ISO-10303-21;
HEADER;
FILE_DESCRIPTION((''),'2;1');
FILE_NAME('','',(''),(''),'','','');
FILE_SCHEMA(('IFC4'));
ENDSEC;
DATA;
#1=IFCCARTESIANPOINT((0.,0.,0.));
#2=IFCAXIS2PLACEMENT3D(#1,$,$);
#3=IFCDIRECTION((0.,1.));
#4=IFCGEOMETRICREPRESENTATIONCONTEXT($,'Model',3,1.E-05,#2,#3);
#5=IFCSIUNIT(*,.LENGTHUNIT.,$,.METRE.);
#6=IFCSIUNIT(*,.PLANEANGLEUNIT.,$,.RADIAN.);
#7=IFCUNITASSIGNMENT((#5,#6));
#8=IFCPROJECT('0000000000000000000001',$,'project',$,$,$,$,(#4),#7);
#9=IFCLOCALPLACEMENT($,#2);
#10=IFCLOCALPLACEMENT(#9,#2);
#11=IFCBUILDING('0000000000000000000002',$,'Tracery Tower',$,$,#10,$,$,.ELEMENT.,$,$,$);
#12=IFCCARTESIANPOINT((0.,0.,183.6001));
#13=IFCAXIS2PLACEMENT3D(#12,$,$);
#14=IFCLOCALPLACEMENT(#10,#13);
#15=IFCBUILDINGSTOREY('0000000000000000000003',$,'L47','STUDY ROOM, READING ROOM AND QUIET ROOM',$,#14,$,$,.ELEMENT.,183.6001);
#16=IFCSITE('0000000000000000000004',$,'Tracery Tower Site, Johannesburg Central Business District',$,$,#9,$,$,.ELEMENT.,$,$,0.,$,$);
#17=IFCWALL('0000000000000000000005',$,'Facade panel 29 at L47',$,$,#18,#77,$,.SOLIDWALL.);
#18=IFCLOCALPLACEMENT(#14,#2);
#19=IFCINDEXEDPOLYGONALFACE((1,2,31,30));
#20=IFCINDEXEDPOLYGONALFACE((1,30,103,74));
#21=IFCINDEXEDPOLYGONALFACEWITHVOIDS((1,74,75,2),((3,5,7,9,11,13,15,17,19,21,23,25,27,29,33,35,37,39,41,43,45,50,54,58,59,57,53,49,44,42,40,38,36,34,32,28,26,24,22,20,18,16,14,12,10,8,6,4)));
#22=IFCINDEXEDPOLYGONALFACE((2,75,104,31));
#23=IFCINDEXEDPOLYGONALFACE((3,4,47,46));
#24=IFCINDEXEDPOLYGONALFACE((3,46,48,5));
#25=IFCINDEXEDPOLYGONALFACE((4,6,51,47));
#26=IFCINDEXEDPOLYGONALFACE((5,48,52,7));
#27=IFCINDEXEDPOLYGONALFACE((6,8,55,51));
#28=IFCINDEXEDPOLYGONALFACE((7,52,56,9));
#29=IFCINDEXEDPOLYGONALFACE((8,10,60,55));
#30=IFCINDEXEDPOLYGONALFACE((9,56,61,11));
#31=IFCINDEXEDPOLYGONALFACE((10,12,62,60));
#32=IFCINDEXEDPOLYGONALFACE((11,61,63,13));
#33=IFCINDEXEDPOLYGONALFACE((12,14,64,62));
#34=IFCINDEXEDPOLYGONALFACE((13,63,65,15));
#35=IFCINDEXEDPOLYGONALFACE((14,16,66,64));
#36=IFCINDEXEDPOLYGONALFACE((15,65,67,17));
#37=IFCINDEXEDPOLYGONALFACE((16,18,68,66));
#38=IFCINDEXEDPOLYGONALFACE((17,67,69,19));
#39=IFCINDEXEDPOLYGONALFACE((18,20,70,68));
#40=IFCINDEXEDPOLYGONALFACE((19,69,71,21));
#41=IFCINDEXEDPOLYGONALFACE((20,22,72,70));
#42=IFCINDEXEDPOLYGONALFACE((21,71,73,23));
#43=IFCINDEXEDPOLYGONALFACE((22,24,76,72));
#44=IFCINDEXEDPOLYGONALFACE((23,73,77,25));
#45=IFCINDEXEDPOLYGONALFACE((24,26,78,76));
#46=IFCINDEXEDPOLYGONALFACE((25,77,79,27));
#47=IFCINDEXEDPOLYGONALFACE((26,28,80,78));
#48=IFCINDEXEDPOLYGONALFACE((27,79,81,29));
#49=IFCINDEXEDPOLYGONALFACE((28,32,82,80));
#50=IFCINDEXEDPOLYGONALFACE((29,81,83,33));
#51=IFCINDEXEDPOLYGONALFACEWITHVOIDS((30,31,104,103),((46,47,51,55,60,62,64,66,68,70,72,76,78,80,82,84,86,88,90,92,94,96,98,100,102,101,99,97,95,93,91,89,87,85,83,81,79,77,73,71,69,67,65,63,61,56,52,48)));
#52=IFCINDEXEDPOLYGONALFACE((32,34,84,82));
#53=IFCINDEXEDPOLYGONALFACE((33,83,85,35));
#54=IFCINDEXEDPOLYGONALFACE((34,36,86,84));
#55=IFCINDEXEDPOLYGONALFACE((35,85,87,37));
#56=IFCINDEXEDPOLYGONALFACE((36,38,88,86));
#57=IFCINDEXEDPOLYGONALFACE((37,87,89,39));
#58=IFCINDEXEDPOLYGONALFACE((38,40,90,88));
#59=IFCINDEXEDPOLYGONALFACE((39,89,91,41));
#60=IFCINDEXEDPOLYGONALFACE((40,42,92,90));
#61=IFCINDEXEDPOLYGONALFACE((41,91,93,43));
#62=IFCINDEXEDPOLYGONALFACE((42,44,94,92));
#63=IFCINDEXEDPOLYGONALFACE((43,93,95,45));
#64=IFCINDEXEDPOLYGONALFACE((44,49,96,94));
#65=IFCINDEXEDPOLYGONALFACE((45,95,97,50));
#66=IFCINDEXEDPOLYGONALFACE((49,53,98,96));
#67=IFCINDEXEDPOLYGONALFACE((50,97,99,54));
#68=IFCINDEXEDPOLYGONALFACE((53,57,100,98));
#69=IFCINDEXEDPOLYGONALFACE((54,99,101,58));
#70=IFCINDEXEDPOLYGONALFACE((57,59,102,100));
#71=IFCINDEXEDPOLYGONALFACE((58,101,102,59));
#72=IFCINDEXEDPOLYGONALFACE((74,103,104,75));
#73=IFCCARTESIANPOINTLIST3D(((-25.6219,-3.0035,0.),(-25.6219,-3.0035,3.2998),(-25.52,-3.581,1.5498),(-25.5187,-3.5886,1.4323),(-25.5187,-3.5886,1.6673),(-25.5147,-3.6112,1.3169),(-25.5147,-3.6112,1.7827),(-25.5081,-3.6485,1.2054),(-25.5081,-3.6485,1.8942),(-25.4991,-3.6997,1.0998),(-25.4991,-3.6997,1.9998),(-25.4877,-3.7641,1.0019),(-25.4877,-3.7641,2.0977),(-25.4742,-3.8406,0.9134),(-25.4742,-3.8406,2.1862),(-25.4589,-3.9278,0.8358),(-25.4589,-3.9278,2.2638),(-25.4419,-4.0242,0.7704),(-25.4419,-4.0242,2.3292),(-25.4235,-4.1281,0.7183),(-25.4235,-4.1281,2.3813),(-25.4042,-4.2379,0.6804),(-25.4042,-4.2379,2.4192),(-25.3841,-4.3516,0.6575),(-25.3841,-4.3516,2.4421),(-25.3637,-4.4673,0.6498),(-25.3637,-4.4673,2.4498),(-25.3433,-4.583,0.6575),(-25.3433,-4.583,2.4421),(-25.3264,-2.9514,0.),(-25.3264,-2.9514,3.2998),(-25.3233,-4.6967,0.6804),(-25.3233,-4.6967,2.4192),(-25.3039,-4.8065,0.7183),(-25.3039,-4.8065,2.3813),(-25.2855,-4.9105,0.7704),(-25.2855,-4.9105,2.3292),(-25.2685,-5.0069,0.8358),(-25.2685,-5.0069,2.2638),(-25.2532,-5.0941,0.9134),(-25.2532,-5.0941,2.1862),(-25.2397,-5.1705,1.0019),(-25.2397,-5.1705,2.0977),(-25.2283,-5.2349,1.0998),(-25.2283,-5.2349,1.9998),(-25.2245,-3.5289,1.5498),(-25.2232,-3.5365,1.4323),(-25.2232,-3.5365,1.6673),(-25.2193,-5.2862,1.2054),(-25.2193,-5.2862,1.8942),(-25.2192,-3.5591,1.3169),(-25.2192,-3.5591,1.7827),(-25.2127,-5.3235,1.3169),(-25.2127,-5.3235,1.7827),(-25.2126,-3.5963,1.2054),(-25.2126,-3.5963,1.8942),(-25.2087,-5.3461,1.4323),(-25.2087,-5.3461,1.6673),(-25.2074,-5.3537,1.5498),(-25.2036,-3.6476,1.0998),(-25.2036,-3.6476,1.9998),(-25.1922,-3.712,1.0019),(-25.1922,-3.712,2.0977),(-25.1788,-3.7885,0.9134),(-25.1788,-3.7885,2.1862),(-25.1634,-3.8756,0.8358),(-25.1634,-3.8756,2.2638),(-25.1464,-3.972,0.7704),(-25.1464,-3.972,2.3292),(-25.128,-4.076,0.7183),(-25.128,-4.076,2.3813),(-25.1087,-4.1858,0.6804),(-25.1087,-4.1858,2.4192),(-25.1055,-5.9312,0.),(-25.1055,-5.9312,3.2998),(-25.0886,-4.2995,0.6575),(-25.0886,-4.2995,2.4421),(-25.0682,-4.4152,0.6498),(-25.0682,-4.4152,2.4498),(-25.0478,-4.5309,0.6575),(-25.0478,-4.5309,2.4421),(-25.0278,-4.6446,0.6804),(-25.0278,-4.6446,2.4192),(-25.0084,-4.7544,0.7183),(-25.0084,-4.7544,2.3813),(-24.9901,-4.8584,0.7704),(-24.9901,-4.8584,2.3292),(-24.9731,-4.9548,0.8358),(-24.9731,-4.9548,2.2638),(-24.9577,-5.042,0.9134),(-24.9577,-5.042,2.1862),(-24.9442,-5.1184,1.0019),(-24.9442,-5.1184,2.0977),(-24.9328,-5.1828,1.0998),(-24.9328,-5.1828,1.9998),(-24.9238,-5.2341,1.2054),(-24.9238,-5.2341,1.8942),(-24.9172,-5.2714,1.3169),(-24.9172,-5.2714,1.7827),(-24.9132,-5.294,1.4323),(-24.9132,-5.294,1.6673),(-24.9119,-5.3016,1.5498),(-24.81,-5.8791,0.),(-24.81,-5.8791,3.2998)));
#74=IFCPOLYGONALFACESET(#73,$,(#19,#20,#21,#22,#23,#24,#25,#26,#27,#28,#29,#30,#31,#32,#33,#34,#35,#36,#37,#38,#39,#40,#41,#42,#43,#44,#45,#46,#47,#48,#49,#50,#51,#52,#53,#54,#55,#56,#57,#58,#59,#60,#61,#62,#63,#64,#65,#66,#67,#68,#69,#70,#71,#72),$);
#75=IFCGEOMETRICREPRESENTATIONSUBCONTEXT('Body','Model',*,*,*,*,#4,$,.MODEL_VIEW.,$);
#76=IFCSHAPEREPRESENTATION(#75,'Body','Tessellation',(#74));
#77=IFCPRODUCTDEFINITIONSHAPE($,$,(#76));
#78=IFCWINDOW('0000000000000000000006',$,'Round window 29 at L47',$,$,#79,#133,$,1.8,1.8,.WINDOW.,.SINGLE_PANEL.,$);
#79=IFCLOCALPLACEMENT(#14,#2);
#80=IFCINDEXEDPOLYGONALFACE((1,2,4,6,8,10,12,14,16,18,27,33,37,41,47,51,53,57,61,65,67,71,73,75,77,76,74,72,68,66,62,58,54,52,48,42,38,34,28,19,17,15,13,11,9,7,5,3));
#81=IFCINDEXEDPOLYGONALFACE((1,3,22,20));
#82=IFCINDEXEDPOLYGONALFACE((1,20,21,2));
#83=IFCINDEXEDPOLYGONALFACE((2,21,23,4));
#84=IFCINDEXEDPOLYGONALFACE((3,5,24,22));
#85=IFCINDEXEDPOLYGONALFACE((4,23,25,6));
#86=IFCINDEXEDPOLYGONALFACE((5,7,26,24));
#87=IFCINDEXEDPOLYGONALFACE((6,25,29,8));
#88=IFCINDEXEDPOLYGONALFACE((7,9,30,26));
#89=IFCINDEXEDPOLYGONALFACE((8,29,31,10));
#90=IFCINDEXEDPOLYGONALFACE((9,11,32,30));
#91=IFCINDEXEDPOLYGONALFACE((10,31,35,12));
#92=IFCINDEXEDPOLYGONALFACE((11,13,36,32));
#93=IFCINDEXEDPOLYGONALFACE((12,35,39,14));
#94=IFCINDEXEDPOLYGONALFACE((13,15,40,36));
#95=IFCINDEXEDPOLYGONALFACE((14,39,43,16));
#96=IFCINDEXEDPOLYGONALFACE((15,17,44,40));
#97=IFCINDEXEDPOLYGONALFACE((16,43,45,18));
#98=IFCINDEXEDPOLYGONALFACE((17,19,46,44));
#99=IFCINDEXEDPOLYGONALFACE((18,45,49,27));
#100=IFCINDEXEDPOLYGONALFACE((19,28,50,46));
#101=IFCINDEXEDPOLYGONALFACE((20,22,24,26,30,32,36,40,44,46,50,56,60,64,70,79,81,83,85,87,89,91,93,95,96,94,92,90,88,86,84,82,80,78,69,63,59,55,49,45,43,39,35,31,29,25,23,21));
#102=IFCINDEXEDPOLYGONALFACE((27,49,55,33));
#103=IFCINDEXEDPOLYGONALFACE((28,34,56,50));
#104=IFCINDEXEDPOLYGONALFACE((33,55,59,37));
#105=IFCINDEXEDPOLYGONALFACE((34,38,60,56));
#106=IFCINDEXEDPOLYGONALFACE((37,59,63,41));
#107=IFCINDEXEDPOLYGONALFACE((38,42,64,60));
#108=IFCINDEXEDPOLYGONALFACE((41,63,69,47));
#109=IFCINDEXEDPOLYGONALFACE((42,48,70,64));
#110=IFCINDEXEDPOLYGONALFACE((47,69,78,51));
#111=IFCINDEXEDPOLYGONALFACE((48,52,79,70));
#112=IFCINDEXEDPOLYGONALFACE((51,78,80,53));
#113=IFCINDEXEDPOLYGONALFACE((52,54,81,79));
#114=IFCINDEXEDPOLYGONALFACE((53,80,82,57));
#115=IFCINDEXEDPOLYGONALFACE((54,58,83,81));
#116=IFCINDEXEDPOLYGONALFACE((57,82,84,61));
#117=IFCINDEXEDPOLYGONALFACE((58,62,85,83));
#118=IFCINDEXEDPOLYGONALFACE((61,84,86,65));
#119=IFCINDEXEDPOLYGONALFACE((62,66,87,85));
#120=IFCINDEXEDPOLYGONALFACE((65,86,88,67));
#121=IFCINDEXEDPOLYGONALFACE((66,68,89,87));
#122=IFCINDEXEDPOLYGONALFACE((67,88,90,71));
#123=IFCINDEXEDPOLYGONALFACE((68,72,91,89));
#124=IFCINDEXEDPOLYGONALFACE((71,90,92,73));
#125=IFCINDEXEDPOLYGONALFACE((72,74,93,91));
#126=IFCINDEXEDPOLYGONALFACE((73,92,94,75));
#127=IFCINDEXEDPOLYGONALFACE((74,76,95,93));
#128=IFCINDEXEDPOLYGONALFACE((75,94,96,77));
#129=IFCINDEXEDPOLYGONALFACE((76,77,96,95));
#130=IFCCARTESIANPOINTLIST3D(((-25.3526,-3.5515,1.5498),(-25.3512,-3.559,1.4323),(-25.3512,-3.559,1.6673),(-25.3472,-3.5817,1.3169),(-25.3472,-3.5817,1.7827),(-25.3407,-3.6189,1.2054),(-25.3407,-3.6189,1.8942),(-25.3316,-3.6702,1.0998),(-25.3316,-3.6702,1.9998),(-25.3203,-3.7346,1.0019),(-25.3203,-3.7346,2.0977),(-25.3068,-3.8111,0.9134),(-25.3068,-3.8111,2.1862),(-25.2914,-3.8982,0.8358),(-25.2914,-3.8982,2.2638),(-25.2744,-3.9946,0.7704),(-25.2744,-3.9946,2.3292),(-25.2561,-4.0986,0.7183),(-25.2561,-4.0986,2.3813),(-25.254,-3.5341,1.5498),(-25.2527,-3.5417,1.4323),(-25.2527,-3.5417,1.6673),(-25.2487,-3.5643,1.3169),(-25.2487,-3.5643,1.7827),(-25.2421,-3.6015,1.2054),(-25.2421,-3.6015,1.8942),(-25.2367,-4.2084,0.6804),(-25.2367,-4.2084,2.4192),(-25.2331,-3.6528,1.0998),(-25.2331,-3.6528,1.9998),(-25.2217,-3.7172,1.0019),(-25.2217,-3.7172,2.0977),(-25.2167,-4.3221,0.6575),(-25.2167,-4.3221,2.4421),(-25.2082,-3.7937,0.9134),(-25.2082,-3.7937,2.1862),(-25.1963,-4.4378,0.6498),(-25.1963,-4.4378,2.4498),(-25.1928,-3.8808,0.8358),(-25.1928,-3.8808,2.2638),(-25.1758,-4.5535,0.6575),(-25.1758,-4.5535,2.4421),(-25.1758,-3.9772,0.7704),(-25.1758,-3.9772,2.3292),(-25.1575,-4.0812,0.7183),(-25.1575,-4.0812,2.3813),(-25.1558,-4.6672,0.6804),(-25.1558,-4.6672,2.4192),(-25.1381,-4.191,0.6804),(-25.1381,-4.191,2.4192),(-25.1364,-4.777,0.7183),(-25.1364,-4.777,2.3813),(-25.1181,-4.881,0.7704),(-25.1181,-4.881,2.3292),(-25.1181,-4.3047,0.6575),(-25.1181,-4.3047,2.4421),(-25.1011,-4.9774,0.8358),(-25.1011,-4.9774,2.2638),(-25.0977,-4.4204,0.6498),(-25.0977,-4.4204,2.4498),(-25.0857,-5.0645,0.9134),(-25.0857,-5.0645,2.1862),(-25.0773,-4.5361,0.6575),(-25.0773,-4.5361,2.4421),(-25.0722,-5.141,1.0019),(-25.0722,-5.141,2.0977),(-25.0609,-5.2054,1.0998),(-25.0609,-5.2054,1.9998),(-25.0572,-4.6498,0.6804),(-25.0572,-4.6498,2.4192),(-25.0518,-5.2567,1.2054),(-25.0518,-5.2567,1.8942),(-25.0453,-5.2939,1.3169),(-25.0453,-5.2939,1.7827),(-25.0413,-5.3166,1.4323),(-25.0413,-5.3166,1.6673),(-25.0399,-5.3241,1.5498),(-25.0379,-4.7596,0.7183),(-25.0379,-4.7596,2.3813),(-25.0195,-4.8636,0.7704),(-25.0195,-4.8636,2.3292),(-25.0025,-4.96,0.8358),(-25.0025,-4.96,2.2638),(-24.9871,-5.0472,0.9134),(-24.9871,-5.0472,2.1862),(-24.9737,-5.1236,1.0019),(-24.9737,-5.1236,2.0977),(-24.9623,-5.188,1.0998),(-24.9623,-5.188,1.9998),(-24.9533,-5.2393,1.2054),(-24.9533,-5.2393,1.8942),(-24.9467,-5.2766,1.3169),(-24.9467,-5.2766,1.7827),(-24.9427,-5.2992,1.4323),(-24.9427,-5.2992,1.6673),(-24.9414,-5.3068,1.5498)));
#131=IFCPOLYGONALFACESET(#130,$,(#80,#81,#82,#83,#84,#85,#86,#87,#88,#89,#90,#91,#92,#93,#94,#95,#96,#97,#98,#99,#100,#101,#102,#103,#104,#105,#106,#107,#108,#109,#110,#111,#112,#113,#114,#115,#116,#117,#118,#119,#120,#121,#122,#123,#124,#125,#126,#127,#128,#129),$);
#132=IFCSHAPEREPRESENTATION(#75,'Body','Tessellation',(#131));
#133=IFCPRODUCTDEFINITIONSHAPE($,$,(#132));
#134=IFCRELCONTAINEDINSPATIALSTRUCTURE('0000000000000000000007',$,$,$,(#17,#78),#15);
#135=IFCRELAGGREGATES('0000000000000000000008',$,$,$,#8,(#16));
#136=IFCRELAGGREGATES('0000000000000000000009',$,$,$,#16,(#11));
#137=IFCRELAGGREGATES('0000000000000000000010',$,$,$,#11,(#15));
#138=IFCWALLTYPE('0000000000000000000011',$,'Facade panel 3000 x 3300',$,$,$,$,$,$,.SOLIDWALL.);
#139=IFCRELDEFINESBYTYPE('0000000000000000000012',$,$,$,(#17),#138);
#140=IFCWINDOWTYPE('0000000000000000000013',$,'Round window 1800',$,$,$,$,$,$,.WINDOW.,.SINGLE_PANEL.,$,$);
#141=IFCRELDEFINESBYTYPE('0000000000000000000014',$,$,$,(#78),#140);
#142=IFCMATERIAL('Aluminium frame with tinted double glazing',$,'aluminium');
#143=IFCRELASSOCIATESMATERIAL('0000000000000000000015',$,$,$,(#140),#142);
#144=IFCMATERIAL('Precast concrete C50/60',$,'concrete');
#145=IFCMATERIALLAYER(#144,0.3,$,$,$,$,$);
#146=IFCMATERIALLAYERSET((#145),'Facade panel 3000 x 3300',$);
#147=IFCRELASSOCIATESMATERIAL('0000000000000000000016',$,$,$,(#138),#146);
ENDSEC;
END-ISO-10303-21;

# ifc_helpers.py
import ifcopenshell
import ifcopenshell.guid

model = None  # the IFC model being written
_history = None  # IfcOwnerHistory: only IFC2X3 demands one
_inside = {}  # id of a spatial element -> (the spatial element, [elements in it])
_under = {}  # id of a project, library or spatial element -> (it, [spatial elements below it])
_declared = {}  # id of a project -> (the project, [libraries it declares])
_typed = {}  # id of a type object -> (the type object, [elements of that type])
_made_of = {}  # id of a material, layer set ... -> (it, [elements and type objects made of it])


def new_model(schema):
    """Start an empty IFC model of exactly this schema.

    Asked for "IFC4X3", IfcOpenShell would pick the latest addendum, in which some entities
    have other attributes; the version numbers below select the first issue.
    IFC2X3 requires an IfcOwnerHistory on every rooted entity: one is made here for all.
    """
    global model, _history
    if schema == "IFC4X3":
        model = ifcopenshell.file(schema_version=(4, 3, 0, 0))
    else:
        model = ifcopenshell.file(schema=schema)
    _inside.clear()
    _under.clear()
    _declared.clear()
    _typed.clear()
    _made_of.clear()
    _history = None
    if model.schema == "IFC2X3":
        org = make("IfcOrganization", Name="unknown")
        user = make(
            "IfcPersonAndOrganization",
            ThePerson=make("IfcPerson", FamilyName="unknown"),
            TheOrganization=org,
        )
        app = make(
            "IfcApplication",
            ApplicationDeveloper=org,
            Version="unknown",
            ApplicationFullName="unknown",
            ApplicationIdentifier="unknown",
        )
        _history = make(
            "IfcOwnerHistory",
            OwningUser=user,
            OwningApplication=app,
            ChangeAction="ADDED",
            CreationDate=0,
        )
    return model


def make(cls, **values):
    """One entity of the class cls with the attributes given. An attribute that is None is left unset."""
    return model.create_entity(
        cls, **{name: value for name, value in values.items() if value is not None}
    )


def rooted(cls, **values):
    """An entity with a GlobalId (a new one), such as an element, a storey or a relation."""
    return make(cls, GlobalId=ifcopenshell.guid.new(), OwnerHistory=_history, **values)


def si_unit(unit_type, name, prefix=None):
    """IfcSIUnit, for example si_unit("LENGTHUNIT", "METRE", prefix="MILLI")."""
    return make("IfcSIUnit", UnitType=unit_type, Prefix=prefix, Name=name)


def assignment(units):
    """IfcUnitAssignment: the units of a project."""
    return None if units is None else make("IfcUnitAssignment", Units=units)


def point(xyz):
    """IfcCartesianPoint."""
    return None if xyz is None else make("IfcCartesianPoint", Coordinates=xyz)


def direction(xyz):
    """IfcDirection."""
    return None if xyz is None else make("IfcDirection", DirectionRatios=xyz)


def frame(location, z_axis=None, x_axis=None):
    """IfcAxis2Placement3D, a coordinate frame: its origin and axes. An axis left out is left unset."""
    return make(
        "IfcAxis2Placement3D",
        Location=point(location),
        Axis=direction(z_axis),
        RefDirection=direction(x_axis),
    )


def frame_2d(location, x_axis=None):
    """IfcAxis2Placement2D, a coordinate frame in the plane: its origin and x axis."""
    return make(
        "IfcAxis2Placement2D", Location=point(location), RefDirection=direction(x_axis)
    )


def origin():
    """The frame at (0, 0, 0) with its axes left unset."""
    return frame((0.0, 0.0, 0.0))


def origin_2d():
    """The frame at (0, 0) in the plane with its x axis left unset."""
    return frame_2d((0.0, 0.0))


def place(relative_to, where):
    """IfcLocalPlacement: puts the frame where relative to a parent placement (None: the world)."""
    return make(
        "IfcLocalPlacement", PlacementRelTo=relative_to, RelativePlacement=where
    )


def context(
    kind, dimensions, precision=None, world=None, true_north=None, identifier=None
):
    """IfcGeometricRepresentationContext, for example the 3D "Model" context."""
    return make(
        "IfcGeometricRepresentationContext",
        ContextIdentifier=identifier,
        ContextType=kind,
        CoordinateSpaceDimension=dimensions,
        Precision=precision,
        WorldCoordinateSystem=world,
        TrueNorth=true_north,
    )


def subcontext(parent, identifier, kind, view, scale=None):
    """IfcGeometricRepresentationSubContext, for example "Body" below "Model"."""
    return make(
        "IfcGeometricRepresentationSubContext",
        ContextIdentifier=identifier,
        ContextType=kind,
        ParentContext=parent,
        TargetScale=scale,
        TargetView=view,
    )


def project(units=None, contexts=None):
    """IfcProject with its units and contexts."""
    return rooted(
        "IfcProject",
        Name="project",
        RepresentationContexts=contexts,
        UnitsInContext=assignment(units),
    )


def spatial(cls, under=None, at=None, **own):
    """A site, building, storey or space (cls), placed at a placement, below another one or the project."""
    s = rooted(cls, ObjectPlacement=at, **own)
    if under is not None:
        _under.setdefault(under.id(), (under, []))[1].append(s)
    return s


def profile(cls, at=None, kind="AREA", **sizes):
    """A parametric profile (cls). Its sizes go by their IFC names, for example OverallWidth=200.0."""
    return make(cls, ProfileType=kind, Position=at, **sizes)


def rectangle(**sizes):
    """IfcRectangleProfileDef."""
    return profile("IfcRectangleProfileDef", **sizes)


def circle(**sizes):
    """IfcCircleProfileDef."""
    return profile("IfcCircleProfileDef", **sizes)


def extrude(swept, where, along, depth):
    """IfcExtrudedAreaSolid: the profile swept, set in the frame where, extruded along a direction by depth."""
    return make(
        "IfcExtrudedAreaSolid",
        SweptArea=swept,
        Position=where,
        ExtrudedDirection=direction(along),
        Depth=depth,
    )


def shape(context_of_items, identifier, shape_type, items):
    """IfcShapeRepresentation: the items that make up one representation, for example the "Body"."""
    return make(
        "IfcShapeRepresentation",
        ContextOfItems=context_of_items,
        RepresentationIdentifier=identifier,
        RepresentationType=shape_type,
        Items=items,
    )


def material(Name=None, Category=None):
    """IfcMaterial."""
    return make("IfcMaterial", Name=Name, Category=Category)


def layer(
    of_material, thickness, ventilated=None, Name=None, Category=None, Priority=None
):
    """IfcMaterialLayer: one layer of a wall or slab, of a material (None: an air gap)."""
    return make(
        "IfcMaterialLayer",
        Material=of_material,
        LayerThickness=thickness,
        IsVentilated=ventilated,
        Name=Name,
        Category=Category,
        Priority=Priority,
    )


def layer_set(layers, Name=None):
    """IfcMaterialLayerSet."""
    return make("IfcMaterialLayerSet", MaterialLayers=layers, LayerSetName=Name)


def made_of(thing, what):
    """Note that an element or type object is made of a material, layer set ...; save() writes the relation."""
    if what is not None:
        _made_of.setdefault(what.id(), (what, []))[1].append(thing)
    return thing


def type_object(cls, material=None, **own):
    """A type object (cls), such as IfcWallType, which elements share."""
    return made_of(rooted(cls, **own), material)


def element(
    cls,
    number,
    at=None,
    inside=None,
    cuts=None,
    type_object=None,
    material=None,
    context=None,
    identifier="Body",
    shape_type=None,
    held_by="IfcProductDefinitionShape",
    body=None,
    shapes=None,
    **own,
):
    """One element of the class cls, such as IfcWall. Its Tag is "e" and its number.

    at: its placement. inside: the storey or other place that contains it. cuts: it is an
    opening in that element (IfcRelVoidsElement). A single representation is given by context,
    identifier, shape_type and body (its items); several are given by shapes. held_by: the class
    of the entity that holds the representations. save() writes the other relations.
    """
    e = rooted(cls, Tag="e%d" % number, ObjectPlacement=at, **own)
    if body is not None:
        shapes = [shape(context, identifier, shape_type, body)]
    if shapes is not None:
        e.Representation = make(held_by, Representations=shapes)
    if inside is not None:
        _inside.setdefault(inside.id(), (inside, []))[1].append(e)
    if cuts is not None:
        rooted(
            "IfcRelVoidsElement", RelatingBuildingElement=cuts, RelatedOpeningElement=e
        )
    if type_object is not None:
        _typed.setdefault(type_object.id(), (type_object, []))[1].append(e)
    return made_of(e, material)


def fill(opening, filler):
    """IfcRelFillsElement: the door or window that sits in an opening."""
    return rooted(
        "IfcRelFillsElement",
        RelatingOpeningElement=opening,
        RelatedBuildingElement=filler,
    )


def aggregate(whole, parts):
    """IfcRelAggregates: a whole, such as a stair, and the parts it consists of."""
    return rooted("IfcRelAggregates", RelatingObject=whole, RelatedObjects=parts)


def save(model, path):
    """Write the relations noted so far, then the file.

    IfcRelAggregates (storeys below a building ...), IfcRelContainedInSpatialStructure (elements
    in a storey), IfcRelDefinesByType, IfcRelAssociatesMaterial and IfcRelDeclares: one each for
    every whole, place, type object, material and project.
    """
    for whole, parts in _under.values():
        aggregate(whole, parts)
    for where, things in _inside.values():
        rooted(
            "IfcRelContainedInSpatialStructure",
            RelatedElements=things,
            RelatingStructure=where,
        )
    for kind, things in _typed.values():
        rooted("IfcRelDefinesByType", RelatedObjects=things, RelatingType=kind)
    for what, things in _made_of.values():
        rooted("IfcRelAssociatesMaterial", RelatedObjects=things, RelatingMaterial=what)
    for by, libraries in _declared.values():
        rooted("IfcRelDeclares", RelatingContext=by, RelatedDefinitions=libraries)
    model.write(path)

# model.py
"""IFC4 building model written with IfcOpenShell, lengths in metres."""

from ifc_helpers import new_model, si_unit, direction, frame, frame_2d, origin, origin_2d, place, context, subcontext, project, spatial, rectangle, circle, extrude, material, layer, layer_set, type_object, element, fill, save


model = new_model("IFC4")

# Units and contexts
model_context = context("Model", 3, precision=1e-05, world=origin(), true_north=direction((0.0, 1.0)))
body_context = subcontext(model_context, "Body", "Model", "MODEL_VIEW")
ifc_project = project(units=[si_unit("LENGTHUNIT", "METRE"), si_unit("PLANEANGLEUNIT", "RADIAN")], contexts=[model_context])

# Site, building, storey
site_placement = place(None, origin())
site = spatial("IfcSite", under=ifc_project, at=site_placement, Name="Tracery Tower Site, Johannesburg Central Business District", CompositionType="ELEMENT", RefElevation=0.0)
building_placement = place(site_placement, origin())
building = spatial("IfcBuilding", under=site, at=building_placement, Name="Tracery Tower", CompositionType="ELEMENT")
storey_placement = place(building_placement, frame((0.0, 0.0, 183.6001)))
storey = spatial("IfcBuildingStorey", under=building, at=storey_placement, Name="L47", Description="STUDY ROOM, READING ROOM AND QUIET ROOM", CompositionType="ELEMENT", Elevation=183.6001)

# Wall, opening, window
ifc_material_1 = material(Name="Aluminium frame with tinted double glazing", Category="aluminium")
window_type = type_object("IfcWindowType", Name="Round window 1800", PartitioningType="SINGLE_PANEL", PredefinedType="WINDOW", material=ifc_material_1)
ifc_material_2 = material(Name="Precast concrete C50/60", Category="concrete")
ifc_layer_1 = layer(ifc_material_2, 0.3)
ifc_layer_set_1 = layer_set([ifc_layer_1], Name="Facade panel 3000 x 3300")
wall_type_1 = type_object("IfcWallType", Name="Facade panel 3000 x 3300", PredefinedType="SOLIDWALL", material=ifc_layer_set_1)
wall_1_placement = place(storey_placement, frame((-25.4741, -2.9775, 0.0), z_axis=(0.0, 0.0, 1.0), x_axis=(0.173687, -0.984801, 0.0)))
wall_1 = element("IfcWall", 1, at=wall_1_placement, inside=storey, type_object=wall_type_1, Name="Facade panel 29 at L47", PredefinedType="SOLIDWALL", context=body_context, shape_type="SweptSolid", body=[
    extrude(rectangle(XDim=2.9729, YDim=0.3, at=frame_2d((1.4863, 0.0))), origin(), (0.0, 0.0, 1.0), 3.2998),
])
opening_1_placement = place(wall_1_placement, frame((1.4863, 0.0, 1.5498)))
opening_1 = element("IfcOpeningElement", 2, at=opening_1_placement, cuts=wall_1, PredefinedType="OPENING", context=body_context, shape_type="SweptSolid", body=[
    extrude(circle(Radius=0.9, at=origin_2d()), frame((0.0, 0.1599, 0.0), z_axis=(0.0, -1.0, 0.0), x_axis=(1.0, 0.0, 0.0)), (0.0, 0.0, 1.0), 0.3201),
])
window_1_placement = place(opening_1_placement, origin())
window_1 = element("IfcWindow", 3, at=window_1_placement, inside=storey, type_object=window_type, Name="Round window 29 at L47", OverallHeight=1.8, OverallWidth=1.8, PartitioningType="SINGLE_PANEL", PredefinedType="WINDOW", context=body_context, shape_type="SweptSolid", body=[
    extrude(circle(Radius=0.9, at=origin_2d()), frame((0.0, 0.1201, 0.0), z_axis=(0.0, -1.0, 0.0), x_axis=(1.0, 0.0, 0.0)), (0.0, 0.0, 1.0), 0.1001),
])
fill(opening_1, window_1)

save(model, "model.ifc")
